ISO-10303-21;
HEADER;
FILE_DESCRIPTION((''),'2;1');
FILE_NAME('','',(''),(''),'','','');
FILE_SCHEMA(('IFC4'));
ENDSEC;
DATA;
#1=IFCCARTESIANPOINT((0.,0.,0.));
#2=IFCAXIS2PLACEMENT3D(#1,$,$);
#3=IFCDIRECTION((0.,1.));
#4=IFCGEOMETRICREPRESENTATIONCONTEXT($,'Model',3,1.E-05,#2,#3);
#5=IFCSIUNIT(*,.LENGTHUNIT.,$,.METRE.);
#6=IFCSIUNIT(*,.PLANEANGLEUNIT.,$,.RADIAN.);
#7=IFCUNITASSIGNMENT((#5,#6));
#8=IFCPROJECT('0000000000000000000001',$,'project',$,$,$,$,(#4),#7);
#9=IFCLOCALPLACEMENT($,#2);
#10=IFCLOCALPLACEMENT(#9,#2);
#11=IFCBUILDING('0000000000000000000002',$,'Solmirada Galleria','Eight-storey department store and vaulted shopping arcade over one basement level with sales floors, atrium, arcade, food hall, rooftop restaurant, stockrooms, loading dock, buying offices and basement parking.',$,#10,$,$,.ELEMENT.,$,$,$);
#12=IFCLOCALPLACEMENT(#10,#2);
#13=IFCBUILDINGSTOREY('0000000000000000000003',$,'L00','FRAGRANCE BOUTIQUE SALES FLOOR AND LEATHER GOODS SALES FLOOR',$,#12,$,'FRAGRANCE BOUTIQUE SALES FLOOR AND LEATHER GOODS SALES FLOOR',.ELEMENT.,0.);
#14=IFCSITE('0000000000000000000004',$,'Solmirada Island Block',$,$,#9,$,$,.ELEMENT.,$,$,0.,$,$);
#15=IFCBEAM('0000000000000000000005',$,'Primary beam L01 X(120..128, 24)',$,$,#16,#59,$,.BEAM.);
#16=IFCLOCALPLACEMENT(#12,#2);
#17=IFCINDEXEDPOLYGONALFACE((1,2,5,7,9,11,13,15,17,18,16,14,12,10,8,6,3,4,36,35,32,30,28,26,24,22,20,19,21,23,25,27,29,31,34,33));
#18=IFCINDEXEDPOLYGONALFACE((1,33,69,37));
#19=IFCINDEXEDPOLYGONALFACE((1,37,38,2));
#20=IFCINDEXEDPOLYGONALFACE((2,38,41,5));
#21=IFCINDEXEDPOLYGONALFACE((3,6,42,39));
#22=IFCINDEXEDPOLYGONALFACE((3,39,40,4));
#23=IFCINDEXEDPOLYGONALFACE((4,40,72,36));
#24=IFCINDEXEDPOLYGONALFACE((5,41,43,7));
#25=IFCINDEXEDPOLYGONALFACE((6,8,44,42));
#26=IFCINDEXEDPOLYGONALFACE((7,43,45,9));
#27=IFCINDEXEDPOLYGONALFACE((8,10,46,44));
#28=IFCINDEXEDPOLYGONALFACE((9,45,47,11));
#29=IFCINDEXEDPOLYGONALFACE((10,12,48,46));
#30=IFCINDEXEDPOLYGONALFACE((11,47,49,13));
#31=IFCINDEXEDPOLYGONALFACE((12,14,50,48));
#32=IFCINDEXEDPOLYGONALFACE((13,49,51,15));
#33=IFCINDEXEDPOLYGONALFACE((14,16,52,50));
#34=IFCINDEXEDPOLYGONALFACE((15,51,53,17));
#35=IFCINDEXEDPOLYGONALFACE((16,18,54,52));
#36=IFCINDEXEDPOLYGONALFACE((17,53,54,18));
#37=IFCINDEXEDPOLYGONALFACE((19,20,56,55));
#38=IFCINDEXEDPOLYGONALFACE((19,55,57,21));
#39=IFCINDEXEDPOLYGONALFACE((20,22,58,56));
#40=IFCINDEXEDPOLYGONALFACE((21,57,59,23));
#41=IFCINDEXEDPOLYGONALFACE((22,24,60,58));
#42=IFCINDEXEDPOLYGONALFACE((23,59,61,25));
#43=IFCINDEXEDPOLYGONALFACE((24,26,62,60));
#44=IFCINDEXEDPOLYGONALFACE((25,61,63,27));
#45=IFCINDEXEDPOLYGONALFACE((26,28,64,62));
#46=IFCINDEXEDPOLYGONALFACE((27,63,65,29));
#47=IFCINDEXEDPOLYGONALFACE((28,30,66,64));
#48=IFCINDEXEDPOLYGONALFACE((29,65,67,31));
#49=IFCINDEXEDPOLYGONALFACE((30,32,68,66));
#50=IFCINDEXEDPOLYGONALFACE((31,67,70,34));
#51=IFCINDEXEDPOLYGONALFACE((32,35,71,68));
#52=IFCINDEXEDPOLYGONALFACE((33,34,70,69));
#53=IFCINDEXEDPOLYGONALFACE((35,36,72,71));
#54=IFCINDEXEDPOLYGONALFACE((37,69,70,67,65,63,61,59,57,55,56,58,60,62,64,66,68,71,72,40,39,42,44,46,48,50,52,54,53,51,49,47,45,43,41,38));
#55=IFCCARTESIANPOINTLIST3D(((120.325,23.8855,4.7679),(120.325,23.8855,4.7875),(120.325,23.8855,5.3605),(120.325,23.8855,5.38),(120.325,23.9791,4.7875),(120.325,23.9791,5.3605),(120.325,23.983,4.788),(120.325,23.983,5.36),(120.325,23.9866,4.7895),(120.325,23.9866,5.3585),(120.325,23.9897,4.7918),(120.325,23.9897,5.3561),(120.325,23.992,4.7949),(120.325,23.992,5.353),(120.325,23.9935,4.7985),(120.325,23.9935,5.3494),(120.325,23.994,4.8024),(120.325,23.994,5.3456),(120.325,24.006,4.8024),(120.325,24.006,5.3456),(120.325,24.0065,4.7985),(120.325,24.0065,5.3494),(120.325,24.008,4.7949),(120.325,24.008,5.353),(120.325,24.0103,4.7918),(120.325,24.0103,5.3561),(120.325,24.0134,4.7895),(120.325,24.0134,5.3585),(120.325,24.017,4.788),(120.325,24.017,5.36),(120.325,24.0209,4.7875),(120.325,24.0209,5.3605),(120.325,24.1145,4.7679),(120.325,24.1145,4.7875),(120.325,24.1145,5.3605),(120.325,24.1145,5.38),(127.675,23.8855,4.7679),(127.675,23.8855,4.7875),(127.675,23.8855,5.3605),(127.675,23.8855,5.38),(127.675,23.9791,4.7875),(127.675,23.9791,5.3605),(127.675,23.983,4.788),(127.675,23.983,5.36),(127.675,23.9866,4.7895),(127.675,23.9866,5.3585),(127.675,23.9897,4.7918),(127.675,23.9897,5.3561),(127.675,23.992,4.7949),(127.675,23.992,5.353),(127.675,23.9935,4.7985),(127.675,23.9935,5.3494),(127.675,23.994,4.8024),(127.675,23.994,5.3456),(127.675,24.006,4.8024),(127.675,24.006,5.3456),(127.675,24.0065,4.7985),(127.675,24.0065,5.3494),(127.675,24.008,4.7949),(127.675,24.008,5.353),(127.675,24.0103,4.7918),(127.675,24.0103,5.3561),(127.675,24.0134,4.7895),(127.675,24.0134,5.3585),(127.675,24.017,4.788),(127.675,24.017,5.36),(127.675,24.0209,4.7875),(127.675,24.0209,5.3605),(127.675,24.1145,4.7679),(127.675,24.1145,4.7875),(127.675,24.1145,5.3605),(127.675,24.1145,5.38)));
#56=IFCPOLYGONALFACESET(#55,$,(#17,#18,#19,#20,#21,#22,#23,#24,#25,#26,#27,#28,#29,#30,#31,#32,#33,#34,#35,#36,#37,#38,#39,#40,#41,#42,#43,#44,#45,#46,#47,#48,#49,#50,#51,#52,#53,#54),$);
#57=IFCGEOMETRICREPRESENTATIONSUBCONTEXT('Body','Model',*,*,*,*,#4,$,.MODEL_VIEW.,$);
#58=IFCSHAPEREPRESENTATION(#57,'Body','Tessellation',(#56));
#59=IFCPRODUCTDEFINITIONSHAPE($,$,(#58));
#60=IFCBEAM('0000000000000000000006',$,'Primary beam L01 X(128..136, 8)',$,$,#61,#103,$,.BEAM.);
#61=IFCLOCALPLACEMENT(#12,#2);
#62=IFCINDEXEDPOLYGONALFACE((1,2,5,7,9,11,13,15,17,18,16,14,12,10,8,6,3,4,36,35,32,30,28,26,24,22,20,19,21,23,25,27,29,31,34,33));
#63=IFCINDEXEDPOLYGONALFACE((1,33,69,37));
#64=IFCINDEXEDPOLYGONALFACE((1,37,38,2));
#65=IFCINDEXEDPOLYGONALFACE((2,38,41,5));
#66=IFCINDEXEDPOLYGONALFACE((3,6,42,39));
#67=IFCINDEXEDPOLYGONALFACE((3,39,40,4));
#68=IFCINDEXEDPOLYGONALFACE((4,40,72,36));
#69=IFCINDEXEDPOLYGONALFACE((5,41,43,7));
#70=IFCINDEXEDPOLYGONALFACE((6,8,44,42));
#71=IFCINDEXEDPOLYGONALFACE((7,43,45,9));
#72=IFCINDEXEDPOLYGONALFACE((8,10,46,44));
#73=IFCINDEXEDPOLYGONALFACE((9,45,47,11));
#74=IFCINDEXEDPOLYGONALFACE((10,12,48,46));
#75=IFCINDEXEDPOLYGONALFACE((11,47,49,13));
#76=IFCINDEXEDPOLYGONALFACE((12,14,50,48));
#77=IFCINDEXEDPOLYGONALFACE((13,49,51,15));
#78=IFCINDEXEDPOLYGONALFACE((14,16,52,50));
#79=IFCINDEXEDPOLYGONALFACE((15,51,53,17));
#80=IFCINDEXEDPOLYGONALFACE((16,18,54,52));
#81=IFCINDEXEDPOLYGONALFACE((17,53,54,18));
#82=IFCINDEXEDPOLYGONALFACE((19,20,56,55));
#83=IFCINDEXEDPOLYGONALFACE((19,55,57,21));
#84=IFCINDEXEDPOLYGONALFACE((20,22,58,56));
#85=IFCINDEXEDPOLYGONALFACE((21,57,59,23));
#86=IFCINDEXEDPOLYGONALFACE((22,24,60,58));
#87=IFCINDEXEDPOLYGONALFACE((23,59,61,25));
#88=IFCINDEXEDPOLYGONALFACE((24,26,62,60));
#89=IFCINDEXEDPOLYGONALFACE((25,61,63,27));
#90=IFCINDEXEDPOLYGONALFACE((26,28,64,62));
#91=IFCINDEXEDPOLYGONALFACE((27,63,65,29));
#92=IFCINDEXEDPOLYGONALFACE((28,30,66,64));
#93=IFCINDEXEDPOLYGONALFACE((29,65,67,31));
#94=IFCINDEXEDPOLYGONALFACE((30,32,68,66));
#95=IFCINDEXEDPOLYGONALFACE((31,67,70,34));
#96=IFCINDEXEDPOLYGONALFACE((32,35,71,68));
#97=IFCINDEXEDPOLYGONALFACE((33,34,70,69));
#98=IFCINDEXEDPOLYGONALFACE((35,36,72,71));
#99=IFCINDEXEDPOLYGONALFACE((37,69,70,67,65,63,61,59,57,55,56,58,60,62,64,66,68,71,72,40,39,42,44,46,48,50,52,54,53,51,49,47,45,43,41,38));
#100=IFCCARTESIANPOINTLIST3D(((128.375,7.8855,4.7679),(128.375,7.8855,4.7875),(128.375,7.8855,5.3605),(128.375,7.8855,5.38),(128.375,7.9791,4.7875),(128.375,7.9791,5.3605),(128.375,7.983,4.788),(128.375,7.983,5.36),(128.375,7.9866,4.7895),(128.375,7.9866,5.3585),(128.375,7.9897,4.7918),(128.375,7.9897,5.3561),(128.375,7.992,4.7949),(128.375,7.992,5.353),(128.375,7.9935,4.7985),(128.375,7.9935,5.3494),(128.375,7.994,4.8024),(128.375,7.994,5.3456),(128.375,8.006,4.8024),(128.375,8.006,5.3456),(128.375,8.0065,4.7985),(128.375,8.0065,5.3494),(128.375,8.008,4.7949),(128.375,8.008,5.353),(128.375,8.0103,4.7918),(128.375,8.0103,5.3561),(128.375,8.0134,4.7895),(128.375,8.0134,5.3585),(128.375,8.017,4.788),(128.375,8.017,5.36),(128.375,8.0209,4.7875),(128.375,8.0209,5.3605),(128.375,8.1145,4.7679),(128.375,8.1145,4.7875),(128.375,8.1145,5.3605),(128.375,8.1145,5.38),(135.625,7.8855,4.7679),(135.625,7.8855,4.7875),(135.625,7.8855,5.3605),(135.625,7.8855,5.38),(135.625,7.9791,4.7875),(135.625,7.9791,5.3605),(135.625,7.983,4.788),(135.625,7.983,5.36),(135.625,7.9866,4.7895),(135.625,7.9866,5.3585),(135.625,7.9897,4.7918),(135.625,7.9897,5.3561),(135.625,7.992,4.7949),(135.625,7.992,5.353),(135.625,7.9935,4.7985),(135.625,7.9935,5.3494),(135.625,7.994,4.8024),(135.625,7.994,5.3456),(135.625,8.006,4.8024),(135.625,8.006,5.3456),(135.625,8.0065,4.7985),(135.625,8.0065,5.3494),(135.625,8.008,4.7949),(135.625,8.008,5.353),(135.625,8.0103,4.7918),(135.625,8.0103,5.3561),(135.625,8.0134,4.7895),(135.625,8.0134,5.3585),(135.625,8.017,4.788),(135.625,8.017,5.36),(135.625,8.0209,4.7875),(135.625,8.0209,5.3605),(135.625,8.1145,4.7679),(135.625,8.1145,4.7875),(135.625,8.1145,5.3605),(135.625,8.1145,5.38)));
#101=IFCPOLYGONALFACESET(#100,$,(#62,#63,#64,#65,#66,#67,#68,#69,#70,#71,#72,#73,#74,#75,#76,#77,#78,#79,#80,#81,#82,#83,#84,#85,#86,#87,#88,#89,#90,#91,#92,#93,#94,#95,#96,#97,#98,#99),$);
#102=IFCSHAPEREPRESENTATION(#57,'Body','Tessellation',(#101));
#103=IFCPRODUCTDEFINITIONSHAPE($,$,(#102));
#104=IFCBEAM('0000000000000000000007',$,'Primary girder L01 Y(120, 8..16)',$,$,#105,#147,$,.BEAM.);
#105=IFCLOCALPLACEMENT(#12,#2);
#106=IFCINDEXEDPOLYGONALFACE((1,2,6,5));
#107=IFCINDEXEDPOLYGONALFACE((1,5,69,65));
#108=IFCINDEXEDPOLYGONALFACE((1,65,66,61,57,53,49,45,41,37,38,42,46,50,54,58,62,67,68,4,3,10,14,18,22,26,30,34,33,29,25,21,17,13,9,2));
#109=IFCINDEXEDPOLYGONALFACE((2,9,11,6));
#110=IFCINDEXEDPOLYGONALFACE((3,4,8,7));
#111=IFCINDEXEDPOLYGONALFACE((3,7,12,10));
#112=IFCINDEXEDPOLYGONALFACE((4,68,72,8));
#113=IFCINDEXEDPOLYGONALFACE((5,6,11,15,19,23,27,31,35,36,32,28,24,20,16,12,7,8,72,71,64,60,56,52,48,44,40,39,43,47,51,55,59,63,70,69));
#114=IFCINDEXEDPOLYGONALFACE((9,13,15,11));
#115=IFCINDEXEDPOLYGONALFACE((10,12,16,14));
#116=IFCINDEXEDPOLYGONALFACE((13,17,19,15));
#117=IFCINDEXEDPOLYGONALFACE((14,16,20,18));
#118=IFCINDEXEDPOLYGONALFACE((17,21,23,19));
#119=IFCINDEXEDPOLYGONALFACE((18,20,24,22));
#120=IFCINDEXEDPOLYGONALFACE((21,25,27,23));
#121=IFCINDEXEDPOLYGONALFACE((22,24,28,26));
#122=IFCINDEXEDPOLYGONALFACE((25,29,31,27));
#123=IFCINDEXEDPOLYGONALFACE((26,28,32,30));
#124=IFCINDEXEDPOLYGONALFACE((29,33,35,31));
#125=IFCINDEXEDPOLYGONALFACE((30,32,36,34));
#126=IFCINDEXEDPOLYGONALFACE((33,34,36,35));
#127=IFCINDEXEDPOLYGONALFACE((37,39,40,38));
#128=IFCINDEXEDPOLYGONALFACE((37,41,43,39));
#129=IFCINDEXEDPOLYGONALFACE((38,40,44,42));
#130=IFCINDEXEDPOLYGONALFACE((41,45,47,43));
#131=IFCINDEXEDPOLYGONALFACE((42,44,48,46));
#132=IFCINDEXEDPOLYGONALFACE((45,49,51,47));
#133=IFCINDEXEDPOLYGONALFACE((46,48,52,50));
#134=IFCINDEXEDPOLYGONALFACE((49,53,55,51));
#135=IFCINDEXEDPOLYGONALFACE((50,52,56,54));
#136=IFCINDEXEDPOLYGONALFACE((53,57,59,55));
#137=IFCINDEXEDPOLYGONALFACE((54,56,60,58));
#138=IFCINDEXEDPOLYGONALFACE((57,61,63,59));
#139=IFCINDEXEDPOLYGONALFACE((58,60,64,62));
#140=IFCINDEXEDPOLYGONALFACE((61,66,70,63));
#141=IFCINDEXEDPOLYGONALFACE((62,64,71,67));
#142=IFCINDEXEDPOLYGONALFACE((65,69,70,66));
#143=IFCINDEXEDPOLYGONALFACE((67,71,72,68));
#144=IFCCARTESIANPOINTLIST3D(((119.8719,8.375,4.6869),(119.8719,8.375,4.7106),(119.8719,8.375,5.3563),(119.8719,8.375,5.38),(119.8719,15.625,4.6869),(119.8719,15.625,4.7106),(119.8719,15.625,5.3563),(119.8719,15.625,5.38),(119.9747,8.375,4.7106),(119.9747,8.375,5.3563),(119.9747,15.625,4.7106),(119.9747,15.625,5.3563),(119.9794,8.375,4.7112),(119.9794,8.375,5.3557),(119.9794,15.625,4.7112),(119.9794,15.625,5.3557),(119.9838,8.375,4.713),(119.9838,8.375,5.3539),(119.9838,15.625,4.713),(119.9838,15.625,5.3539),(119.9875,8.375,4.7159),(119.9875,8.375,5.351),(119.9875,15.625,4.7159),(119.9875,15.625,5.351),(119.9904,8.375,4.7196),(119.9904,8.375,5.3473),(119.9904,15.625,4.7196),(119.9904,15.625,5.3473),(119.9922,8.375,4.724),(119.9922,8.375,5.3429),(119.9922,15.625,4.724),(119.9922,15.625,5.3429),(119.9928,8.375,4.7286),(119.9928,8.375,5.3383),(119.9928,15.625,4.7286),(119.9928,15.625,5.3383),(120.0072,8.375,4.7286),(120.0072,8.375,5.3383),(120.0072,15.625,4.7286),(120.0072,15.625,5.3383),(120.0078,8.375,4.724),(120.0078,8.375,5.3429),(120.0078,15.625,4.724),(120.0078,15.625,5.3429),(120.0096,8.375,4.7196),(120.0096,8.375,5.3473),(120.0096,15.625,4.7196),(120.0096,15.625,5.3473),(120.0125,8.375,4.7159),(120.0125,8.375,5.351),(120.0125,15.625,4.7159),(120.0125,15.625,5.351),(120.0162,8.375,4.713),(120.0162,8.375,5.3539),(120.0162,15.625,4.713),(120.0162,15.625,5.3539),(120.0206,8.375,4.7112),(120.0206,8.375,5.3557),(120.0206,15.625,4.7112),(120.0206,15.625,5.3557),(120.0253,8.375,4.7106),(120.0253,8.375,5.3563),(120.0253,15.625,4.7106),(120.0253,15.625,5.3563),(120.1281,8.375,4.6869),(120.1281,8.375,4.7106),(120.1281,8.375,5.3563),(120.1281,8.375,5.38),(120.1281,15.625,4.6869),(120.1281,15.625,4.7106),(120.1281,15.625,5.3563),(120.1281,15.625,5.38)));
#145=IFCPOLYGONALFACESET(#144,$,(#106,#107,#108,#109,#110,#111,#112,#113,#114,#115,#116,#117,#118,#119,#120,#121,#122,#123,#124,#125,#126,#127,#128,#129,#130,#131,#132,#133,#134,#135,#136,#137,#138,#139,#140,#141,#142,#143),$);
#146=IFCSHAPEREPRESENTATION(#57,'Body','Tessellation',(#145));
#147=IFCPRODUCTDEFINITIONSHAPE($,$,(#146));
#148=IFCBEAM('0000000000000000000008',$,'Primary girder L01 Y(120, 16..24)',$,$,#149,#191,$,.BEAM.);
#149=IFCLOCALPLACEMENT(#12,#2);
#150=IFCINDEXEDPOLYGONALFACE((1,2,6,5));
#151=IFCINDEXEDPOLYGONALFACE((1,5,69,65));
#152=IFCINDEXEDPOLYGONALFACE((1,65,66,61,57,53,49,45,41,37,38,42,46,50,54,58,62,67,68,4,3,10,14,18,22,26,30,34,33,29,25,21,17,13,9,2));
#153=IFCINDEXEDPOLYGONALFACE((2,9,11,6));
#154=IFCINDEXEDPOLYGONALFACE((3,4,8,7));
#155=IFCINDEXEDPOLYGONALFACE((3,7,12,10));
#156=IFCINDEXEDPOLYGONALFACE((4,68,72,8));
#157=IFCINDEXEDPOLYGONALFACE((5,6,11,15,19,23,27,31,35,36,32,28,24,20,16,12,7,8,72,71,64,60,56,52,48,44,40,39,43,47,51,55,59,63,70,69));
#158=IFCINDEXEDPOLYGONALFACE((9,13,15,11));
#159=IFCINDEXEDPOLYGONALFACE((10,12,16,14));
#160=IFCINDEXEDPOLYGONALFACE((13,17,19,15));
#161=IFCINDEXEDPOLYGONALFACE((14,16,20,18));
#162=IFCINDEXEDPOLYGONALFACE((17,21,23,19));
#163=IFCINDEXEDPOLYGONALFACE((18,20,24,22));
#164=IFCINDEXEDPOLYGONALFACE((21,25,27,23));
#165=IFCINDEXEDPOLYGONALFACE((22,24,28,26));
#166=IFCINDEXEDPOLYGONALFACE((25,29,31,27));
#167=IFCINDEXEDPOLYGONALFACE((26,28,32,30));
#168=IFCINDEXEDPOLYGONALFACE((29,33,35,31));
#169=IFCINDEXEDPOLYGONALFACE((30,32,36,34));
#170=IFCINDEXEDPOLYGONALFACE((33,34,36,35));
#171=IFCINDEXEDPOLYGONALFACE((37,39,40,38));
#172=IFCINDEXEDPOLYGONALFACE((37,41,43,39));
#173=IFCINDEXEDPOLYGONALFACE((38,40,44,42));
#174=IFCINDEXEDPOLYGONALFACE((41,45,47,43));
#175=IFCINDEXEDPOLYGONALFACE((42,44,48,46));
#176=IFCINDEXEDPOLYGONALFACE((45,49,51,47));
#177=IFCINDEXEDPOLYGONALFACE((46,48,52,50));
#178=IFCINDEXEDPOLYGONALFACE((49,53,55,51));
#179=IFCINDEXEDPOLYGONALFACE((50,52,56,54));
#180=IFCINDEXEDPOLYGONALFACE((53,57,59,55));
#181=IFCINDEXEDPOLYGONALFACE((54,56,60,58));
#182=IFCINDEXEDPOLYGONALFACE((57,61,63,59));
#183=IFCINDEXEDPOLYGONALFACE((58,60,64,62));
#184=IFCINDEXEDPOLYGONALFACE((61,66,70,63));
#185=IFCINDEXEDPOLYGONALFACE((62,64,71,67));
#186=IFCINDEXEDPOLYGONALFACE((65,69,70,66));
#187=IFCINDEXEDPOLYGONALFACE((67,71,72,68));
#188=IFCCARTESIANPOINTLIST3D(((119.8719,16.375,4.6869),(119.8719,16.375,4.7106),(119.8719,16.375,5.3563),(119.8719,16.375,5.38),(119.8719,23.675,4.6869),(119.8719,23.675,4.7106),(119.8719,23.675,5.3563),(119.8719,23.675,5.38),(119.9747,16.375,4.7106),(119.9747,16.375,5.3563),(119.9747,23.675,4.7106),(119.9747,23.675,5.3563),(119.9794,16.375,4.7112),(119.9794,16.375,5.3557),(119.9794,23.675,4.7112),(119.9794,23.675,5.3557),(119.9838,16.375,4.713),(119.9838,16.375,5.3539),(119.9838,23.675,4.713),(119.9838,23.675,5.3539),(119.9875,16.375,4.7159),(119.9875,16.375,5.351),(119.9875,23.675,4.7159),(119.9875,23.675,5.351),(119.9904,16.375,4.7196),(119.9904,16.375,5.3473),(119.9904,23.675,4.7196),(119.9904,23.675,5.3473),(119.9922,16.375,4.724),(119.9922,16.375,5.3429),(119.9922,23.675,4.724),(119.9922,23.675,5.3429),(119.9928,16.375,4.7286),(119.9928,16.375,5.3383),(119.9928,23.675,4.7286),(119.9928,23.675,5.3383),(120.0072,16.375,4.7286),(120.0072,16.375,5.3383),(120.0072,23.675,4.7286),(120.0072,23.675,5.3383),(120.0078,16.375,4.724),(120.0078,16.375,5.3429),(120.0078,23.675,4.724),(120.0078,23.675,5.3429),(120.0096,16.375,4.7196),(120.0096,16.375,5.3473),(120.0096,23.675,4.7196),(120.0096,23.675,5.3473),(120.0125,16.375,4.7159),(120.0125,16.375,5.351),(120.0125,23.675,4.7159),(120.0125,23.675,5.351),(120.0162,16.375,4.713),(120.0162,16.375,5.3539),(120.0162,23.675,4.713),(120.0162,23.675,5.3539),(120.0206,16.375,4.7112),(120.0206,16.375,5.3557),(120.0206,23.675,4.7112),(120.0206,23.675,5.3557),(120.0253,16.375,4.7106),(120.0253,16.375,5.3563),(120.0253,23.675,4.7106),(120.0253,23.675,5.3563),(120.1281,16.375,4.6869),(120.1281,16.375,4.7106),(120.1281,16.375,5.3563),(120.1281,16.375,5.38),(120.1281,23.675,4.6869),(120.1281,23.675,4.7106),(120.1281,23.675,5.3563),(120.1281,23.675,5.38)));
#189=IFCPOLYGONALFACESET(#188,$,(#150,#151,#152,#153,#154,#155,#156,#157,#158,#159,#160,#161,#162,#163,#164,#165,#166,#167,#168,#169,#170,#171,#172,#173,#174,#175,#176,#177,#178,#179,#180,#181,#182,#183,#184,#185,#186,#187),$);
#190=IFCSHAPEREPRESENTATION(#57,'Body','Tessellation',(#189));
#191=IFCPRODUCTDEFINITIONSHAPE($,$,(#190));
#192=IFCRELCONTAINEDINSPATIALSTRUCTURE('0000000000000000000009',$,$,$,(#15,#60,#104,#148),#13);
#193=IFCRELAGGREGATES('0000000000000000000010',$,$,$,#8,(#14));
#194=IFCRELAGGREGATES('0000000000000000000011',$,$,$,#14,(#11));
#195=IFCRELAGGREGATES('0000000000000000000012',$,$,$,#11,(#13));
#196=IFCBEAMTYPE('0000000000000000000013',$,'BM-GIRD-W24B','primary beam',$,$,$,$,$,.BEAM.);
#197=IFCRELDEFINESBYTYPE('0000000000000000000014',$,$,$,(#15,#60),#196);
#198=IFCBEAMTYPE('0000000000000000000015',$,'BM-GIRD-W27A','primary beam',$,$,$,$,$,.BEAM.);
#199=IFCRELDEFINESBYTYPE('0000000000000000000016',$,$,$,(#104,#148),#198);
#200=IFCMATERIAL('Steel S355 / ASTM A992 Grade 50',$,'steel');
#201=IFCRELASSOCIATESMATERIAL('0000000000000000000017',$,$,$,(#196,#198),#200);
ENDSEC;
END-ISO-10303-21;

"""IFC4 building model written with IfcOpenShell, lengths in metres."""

from ifc_helpers import new_model, si_unit, direction, frame, origin, origin_2d, place, context, subcontext, project, spatial, i_section, extrude, material, material_profile, profile_set, type_object, element, save


model = new_model("IFC4")

# Units and contexts
model_context = context("Model", 3, precision=1e-05, world=origin(), true_north=direction((0.0, 1.0)))
body_context = subcontext(model_context, "Body", "Model", "MODEL_VIEW")
ifc_project = project(units=[si_unit("LENGTHUNIT", "METRE"), si_unit("PLANEANGLEUNIT", "RADIAN")], contexts=[model_context])

# Site, building, storey
site_placement = place(None, origin())
site = spatial("IfcSite", under=ifc_project, at=site_placement, Name="Solmirada Island Block", CompositionType="ELEMENT", RefElevation=0.0)
building_placement = place(site_placement, origin())
building = spatial("IfcBuilding", under=site, at=building_placement, Name="Solmirada Galleria", Description="Eight-storey department store and vaulted shopping arcade over one basement level with sales floors, atrium, arcade, food hall, rooftop restaurant, stockrooms, loading dock, buying offices and basement parking.", CompositionType="ELEMENT")
storey_placement = place(building_placement, origin())
storey = spatial("IfcBuildingStorey", under=building, at=storey_placement, Name="L00", Description="FRAGRANCE BOUTIQUE SALES FLOOR AND LEATHER GOODS SALES FLOOR", LongName="FRAGRANCE BOUTIQUE SALES FLOOR AND LEATHER GOODS SALES FLOOR", CompositionType="ELEMENT", Elevation=0.0)

# Beams
ifc_material_1 = material(Name="Steel S355 / ASTM A992 Grade 50", Category="steel")
ifc_material_profile_1 = material_profile(ifc_material_1, i_section(OverallWidth=0.229, OverallDepth=0.6121, WebThickness=0.012, FlangeThickness=0.0195, FilletRadius=0.0149, at=origin_2d()), Name="W24X84")
ifc_profile_set_1 = profile_set([ifc_material_profile_1], Name="Steel S355 / ASTM A992 Grade 50")
beam_type_1 = type_object("IfcBeamType", Name="BM-GIRD-W24B", Description="primary beam", PredefinedType="BEAM", material=ifc_profile_set_1)
beam_1_placement = place(storey_placement, frame((120.325, 24.0, 5.074), z_axis=(1.0, 0.0, 0.0), x_axis=(0.0, 1.0, 0.0)))
element("IfcBeam", 1, at=beam_1_placement, inside=storey, type_object=beam_type_1, Name="Primary beam L01 X(120..128, 24)", PredefinedType="BEAM", context=body_context, shape_type="SweptSolid", body=[
    extrude(i_section(OverallWidth=0.229, OverallDepth=0.6121, WebThickness=0.012, FlangeThickness=0.0195, FilletRadius=0.0149, at=origin_2d()), origin(), (0.0, 0.0, 1.0), 7.3501),
])
beam_2_placement = place(storey_placement, frame((128.375, 8.0, 5.074), z_axis=(1.0, 0.0, 0.0), x_axis=(0.0, 1.0, 0.0)))
element("IfcBeam", 2, at=beam_2_placement, inside=storey, type_object=beam_type_1, Name="Primary beam L01 X(128..136, 8)", PredefinedType="BEAM", context=body_context, shape_type="SweptSolid", body=[
    extrude(i_section(OverallWidth=0.229, OverallDepth=0.6121, WebThickness=0.012, FlangeThickness=0.0195, FilletRadius=0.0149, at=origin_2d()), origin(), (0.0, 0.0, 1.0), 7.25),
])
ifc_material_profile_2 = material_profile(ifc_material_1, i_section(OverallWidth=0.2561, OverallDepth=0.6931, WebThickness=0.0144, FlangeThickness=0.0237, FilletRadius=0.0181, at=origin_2d()), Name="W27X114")
ifc_profile_set_2 = profile_set([ifc_material_profile_2], Name="Steel S355 / ASTM A992 Grade 50")
beam_type_2 = type_object("IfcBeamType", Name="BM-GIRD-W27A", Description="primary beam", PredefinedType="BEAM", material=ifc_profile_set_2)
beam_3_placement = place(storey_placement, frame((120.0, 8.375, 5.0334), z_axis=(0.0, 1.0, 0.0), x_axis=(-1.0, 0.0, 0.0)))
element("IfcBeam", 3, at=beam_3_placement, inside=storey, type_object=beam_type_2, Name="Primary girder L01 Y(120, 8..16)", PredefinedType="BEAM", context=body_context, shape_type="SweptSolid", body=[
    extrude(i_section(OverallWidth=0.2561, OverallDepth=0.6931, WebThickness=0.0144, FlangeThickness=0.0237, FilletRadius=0.0181, at=origin_2d()), origin(), (0.0, 0.0, 1.0), 7.25),
])
beam_4_placement = place(storey_placement, frame((120.0, 16.375, 5.0334), z_axis=(0.0, 1.0, 0.0), x_axis=(-1.0, 0.0, 0.0)))
element("IfcBeam", 4, at=beam_4_placement, inside=storey, type_object=beam_type_2, Name="Primary girder L01 Y(120, 16..24)", PredefinedType="BEAM", context=body_context, shape_type="SweptSolid", body=[
    extrude(i_section(OverallWidth=0.2561, OverallDepth=0.6931, WebThickness=0.0144, FlangeThickness=0.0237, FilletRadius=0.0181, at=origin_2d()), origin(), (0.0, 0.0, 1.0), 7.3),
])

save(model, "model.ifc")
